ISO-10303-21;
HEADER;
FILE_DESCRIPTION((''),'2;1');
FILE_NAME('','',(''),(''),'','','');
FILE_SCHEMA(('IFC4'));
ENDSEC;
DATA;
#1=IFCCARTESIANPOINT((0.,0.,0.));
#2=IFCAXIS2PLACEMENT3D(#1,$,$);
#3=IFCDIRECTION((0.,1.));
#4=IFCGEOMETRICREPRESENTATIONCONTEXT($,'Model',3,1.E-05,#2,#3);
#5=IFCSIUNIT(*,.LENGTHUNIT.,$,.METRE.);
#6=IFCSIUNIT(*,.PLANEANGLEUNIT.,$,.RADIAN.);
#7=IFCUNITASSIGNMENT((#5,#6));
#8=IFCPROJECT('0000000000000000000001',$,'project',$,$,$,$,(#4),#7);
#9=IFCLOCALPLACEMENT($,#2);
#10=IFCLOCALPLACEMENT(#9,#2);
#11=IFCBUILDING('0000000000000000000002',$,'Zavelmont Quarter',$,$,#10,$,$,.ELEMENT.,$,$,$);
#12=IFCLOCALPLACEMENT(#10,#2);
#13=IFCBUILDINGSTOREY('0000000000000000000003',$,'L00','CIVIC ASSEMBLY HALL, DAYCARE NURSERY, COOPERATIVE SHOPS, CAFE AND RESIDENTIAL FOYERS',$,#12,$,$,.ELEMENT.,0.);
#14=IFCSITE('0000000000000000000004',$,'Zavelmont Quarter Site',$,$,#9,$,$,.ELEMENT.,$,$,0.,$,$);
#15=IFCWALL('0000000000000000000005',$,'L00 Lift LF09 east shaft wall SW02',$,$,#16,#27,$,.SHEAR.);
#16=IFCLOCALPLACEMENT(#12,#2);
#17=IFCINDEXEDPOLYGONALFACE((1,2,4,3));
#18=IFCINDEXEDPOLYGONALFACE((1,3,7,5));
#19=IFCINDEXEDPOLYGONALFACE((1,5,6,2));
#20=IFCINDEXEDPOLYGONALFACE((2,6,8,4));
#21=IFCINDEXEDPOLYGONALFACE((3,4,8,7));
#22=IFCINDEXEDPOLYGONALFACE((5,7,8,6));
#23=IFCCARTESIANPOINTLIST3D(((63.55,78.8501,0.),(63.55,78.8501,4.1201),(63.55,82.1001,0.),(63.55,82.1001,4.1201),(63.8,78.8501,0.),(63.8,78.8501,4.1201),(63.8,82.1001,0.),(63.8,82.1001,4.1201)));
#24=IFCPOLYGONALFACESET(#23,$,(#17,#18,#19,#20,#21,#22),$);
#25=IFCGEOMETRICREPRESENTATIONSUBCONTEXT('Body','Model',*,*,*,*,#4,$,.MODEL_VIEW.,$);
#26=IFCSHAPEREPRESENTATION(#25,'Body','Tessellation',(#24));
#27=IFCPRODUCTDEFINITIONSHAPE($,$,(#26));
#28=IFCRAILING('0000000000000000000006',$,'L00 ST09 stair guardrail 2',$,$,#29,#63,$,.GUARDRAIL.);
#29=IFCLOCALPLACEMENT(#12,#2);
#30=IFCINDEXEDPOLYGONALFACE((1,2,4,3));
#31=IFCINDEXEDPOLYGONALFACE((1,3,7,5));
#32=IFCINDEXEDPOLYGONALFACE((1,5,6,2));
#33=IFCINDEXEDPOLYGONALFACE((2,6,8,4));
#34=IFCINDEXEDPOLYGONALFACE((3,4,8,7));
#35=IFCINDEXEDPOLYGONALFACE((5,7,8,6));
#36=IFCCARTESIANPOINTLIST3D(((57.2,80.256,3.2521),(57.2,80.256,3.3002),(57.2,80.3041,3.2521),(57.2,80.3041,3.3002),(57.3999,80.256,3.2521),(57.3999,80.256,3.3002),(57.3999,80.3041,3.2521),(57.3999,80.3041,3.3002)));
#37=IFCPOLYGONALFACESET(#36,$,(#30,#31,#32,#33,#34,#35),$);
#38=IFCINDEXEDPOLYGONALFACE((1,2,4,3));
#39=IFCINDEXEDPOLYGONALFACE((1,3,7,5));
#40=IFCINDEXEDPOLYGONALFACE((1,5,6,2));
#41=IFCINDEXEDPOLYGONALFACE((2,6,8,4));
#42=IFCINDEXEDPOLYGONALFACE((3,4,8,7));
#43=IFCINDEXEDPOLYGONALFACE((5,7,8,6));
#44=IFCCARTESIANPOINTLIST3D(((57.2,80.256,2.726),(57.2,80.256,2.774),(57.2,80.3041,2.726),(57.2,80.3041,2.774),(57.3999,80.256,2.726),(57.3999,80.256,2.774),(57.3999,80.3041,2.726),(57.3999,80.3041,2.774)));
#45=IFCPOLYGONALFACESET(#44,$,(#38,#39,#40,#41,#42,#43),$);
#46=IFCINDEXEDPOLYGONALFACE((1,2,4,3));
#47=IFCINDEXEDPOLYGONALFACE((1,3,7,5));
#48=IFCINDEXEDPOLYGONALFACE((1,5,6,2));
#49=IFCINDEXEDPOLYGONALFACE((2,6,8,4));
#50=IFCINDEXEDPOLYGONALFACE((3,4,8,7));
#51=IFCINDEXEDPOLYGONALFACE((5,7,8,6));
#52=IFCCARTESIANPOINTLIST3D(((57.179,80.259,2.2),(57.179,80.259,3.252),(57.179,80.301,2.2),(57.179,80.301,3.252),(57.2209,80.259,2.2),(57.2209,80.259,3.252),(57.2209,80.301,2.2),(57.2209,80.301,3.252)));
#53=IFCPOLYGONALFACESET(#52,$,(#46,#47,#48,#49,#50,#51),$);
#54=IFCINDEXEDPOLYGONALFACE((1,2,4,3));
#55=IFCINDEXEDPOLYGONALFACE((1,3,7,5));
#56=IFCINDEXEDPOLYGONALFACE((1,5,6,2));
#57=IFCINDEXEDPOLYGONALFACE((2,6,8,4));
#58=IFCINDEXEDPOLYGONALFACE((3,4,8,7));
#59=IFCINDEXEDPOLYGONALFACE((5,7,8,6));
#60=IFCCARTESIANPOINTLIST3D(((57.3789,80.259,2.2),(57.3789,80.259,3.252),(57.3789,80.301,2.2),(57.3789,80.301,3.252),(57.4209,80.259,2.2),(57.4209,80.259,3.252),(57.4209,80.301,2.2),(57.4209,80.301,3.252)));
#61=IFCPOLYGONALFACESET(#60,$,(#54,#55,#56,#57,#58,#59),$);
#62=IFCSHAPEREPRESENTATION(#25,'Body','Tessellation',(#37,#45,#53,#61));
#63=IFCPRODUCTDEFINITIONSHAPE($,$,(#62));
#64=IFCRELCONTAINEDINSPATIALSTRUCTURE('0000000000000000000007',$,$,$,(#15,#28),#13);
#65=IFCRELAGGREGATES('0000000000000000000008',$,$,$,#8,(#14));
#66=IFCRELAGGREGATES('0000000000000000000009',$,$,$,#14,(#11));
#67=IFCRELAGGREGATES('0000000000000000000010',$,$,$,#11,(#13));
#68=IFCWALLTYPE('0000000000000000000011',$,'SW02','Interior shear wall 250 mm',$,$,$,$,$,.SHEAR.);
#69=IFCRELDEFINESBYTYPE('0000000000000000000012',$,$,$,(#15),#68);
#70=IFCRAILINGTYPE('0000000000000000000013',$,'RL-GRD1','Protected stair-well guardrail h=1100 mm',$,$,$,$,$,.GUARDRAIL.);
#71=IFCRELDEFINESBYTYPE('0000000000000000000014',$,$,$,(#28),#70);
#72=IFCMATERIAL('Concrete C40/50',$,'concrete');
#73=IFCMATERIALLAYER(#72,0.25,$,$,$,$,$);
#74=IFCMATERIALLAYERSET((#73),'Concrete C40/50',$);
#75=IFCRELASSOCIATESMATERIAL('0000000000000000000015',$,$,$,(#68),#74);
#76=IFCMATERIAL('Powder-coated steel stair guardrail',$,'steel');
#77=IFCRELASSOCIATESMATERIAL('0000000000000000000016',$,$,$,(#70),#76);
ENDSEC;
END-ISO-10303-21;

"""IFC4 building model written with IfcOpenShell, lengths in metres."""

from ifc_helpers import new_model, si_unit, direction, frame, frame_2d, origin, origin_2d, place, context, subcontext, project, spatial, rectangle, extrude, material, layer, layer_set, type_object, element, save


model = new_model("IFC4")

# Units and contexts
model_context = context("Model", 3, precision=1e-05, world=origin(), true_north=direction((0.0, 1.0)))
body_context = subcontext(model_context, "Body", "Model", "MODEL_VIEW")
ifc_project = project(units=[si_unit("LENGTHUNIT", "METRE"), si_unit("PLANEANGLEUNIT", "RADIAN")], contexts=[model_context])

# Site, building, storey
site_placement = place(None, origin())
site = spatial("IfcSite", under=ifc_project, at=site_placement, Name="Zavelmont Quarter Site", CompositionType="ELEMENT", RefElevation=0.0)
building_placement = place(site_placement, origin())
building = spatial("IfcBuilding", under=site, at=building_placement, Name="Zavelmont Quarter", CompositionType="ELEMENT")
storey_placement = place(building_placement, origin())
storey = spatial("IfcBuildingStorey", under=building, at=storey_placement, Name="L00", Description="CIVIC ASSEMBLY HALL, DAYCARE NURSERY, COOPERATIVE SHOPS, CAFE AND RESIDENTIAL FOYERS", CompositionType="ELEMENT", Elevation=0.0)

# Shared definitions
ifc_material_1 = material(Name="Concrete C40/50", Category="concrete")

# Wall
ifc_layer_1 = layer(ifc_material_1, 0.25)
ifc_layer_set_1 = layer_set([ifc_layer_1], Name="Concrete C40/50")
wall_type_1 = type_object("IfcWallType", Name="SW02", Description="Interior shear wall 250 mm", PredefinedType="SHEAR", material=ifc_layer_set_1)
for number, where, z_axis, x_axis, name in (
    (1, (63.675, 78.8501, 0.0), (0.0, 0.0, 1.0), (0.0, 1.0, 0.0), "L00 Lift LF09 east shaft wall SW02"),
):
    element("IfcWall", number, at=place(storey_placement, frame(where, z_axis=z_axis, x_axis=x_axis)), inside=storey, type_object=wall_type_1, Name=name, PredefinedType="SHEAR", context=body_context, shape_type="SweptSolid", body=[
        extrude(rectangle(XDim=3.25, YDim=0.25, at=frame_2d((1.625, 0.0))), origin(), (0.0, 0.0, 1.0), 4.1201),
    ])

# Railing
ifc_material_2 = material(Name="Powder-coated steel stair guardrail", Category="steel")
railing_type = type_object("IfcRailingType", Name="RL-GRD1", Description="Protected stair-well guardrail h=1100 mm", PredefinedType="GUARDRAIL", material=ifc_material_2)
railing_placement = place(storey_placement, frame((57.2, 80.28, 2.2)))
element("IfcRailing", 2, at=railing_placement, inside=storey, type_object=railing_type, Name="L00 ST09 stair guardrail 2", PredefinedType="GUARDRAIL", context=body_context, shape_type="SweptSolid", body=[
    extrude(rectangle(XDim=0.0481, YDim=0.0481, at=origin_2d()), frame((0.0, 0.0, 1.0762), z_axis=(1.0, 0.0, 0.0), x_axis=(0.0, 1.0, 0.0)), (0.0, 0.0, 1.0), 0.2),
    extrude(rectangle(XDim=0.0481, YDim=0.0481, at=origin_2d()), frame((0.0, 0.0, 0.55), z_axis=(1.0, 0.0, 0.0), x_axis=(0.0, 1.0, 0.0)), (0.0, 0.0, 1.0), 0.2),
    extrude(rectangle(XDim=0.042, YDim=0.042, at=origin_2d()), origin(), (0.0, 0.0, 1.0), 1.052),
    extrude(rectangle(XDim=0.042, YDim=0.042, at=origin_2d()), frame((0.2, 0.0, 0.0)), (0.0, 0.0, 1.0), 1.052),
])

save(model, "model.ifc")
